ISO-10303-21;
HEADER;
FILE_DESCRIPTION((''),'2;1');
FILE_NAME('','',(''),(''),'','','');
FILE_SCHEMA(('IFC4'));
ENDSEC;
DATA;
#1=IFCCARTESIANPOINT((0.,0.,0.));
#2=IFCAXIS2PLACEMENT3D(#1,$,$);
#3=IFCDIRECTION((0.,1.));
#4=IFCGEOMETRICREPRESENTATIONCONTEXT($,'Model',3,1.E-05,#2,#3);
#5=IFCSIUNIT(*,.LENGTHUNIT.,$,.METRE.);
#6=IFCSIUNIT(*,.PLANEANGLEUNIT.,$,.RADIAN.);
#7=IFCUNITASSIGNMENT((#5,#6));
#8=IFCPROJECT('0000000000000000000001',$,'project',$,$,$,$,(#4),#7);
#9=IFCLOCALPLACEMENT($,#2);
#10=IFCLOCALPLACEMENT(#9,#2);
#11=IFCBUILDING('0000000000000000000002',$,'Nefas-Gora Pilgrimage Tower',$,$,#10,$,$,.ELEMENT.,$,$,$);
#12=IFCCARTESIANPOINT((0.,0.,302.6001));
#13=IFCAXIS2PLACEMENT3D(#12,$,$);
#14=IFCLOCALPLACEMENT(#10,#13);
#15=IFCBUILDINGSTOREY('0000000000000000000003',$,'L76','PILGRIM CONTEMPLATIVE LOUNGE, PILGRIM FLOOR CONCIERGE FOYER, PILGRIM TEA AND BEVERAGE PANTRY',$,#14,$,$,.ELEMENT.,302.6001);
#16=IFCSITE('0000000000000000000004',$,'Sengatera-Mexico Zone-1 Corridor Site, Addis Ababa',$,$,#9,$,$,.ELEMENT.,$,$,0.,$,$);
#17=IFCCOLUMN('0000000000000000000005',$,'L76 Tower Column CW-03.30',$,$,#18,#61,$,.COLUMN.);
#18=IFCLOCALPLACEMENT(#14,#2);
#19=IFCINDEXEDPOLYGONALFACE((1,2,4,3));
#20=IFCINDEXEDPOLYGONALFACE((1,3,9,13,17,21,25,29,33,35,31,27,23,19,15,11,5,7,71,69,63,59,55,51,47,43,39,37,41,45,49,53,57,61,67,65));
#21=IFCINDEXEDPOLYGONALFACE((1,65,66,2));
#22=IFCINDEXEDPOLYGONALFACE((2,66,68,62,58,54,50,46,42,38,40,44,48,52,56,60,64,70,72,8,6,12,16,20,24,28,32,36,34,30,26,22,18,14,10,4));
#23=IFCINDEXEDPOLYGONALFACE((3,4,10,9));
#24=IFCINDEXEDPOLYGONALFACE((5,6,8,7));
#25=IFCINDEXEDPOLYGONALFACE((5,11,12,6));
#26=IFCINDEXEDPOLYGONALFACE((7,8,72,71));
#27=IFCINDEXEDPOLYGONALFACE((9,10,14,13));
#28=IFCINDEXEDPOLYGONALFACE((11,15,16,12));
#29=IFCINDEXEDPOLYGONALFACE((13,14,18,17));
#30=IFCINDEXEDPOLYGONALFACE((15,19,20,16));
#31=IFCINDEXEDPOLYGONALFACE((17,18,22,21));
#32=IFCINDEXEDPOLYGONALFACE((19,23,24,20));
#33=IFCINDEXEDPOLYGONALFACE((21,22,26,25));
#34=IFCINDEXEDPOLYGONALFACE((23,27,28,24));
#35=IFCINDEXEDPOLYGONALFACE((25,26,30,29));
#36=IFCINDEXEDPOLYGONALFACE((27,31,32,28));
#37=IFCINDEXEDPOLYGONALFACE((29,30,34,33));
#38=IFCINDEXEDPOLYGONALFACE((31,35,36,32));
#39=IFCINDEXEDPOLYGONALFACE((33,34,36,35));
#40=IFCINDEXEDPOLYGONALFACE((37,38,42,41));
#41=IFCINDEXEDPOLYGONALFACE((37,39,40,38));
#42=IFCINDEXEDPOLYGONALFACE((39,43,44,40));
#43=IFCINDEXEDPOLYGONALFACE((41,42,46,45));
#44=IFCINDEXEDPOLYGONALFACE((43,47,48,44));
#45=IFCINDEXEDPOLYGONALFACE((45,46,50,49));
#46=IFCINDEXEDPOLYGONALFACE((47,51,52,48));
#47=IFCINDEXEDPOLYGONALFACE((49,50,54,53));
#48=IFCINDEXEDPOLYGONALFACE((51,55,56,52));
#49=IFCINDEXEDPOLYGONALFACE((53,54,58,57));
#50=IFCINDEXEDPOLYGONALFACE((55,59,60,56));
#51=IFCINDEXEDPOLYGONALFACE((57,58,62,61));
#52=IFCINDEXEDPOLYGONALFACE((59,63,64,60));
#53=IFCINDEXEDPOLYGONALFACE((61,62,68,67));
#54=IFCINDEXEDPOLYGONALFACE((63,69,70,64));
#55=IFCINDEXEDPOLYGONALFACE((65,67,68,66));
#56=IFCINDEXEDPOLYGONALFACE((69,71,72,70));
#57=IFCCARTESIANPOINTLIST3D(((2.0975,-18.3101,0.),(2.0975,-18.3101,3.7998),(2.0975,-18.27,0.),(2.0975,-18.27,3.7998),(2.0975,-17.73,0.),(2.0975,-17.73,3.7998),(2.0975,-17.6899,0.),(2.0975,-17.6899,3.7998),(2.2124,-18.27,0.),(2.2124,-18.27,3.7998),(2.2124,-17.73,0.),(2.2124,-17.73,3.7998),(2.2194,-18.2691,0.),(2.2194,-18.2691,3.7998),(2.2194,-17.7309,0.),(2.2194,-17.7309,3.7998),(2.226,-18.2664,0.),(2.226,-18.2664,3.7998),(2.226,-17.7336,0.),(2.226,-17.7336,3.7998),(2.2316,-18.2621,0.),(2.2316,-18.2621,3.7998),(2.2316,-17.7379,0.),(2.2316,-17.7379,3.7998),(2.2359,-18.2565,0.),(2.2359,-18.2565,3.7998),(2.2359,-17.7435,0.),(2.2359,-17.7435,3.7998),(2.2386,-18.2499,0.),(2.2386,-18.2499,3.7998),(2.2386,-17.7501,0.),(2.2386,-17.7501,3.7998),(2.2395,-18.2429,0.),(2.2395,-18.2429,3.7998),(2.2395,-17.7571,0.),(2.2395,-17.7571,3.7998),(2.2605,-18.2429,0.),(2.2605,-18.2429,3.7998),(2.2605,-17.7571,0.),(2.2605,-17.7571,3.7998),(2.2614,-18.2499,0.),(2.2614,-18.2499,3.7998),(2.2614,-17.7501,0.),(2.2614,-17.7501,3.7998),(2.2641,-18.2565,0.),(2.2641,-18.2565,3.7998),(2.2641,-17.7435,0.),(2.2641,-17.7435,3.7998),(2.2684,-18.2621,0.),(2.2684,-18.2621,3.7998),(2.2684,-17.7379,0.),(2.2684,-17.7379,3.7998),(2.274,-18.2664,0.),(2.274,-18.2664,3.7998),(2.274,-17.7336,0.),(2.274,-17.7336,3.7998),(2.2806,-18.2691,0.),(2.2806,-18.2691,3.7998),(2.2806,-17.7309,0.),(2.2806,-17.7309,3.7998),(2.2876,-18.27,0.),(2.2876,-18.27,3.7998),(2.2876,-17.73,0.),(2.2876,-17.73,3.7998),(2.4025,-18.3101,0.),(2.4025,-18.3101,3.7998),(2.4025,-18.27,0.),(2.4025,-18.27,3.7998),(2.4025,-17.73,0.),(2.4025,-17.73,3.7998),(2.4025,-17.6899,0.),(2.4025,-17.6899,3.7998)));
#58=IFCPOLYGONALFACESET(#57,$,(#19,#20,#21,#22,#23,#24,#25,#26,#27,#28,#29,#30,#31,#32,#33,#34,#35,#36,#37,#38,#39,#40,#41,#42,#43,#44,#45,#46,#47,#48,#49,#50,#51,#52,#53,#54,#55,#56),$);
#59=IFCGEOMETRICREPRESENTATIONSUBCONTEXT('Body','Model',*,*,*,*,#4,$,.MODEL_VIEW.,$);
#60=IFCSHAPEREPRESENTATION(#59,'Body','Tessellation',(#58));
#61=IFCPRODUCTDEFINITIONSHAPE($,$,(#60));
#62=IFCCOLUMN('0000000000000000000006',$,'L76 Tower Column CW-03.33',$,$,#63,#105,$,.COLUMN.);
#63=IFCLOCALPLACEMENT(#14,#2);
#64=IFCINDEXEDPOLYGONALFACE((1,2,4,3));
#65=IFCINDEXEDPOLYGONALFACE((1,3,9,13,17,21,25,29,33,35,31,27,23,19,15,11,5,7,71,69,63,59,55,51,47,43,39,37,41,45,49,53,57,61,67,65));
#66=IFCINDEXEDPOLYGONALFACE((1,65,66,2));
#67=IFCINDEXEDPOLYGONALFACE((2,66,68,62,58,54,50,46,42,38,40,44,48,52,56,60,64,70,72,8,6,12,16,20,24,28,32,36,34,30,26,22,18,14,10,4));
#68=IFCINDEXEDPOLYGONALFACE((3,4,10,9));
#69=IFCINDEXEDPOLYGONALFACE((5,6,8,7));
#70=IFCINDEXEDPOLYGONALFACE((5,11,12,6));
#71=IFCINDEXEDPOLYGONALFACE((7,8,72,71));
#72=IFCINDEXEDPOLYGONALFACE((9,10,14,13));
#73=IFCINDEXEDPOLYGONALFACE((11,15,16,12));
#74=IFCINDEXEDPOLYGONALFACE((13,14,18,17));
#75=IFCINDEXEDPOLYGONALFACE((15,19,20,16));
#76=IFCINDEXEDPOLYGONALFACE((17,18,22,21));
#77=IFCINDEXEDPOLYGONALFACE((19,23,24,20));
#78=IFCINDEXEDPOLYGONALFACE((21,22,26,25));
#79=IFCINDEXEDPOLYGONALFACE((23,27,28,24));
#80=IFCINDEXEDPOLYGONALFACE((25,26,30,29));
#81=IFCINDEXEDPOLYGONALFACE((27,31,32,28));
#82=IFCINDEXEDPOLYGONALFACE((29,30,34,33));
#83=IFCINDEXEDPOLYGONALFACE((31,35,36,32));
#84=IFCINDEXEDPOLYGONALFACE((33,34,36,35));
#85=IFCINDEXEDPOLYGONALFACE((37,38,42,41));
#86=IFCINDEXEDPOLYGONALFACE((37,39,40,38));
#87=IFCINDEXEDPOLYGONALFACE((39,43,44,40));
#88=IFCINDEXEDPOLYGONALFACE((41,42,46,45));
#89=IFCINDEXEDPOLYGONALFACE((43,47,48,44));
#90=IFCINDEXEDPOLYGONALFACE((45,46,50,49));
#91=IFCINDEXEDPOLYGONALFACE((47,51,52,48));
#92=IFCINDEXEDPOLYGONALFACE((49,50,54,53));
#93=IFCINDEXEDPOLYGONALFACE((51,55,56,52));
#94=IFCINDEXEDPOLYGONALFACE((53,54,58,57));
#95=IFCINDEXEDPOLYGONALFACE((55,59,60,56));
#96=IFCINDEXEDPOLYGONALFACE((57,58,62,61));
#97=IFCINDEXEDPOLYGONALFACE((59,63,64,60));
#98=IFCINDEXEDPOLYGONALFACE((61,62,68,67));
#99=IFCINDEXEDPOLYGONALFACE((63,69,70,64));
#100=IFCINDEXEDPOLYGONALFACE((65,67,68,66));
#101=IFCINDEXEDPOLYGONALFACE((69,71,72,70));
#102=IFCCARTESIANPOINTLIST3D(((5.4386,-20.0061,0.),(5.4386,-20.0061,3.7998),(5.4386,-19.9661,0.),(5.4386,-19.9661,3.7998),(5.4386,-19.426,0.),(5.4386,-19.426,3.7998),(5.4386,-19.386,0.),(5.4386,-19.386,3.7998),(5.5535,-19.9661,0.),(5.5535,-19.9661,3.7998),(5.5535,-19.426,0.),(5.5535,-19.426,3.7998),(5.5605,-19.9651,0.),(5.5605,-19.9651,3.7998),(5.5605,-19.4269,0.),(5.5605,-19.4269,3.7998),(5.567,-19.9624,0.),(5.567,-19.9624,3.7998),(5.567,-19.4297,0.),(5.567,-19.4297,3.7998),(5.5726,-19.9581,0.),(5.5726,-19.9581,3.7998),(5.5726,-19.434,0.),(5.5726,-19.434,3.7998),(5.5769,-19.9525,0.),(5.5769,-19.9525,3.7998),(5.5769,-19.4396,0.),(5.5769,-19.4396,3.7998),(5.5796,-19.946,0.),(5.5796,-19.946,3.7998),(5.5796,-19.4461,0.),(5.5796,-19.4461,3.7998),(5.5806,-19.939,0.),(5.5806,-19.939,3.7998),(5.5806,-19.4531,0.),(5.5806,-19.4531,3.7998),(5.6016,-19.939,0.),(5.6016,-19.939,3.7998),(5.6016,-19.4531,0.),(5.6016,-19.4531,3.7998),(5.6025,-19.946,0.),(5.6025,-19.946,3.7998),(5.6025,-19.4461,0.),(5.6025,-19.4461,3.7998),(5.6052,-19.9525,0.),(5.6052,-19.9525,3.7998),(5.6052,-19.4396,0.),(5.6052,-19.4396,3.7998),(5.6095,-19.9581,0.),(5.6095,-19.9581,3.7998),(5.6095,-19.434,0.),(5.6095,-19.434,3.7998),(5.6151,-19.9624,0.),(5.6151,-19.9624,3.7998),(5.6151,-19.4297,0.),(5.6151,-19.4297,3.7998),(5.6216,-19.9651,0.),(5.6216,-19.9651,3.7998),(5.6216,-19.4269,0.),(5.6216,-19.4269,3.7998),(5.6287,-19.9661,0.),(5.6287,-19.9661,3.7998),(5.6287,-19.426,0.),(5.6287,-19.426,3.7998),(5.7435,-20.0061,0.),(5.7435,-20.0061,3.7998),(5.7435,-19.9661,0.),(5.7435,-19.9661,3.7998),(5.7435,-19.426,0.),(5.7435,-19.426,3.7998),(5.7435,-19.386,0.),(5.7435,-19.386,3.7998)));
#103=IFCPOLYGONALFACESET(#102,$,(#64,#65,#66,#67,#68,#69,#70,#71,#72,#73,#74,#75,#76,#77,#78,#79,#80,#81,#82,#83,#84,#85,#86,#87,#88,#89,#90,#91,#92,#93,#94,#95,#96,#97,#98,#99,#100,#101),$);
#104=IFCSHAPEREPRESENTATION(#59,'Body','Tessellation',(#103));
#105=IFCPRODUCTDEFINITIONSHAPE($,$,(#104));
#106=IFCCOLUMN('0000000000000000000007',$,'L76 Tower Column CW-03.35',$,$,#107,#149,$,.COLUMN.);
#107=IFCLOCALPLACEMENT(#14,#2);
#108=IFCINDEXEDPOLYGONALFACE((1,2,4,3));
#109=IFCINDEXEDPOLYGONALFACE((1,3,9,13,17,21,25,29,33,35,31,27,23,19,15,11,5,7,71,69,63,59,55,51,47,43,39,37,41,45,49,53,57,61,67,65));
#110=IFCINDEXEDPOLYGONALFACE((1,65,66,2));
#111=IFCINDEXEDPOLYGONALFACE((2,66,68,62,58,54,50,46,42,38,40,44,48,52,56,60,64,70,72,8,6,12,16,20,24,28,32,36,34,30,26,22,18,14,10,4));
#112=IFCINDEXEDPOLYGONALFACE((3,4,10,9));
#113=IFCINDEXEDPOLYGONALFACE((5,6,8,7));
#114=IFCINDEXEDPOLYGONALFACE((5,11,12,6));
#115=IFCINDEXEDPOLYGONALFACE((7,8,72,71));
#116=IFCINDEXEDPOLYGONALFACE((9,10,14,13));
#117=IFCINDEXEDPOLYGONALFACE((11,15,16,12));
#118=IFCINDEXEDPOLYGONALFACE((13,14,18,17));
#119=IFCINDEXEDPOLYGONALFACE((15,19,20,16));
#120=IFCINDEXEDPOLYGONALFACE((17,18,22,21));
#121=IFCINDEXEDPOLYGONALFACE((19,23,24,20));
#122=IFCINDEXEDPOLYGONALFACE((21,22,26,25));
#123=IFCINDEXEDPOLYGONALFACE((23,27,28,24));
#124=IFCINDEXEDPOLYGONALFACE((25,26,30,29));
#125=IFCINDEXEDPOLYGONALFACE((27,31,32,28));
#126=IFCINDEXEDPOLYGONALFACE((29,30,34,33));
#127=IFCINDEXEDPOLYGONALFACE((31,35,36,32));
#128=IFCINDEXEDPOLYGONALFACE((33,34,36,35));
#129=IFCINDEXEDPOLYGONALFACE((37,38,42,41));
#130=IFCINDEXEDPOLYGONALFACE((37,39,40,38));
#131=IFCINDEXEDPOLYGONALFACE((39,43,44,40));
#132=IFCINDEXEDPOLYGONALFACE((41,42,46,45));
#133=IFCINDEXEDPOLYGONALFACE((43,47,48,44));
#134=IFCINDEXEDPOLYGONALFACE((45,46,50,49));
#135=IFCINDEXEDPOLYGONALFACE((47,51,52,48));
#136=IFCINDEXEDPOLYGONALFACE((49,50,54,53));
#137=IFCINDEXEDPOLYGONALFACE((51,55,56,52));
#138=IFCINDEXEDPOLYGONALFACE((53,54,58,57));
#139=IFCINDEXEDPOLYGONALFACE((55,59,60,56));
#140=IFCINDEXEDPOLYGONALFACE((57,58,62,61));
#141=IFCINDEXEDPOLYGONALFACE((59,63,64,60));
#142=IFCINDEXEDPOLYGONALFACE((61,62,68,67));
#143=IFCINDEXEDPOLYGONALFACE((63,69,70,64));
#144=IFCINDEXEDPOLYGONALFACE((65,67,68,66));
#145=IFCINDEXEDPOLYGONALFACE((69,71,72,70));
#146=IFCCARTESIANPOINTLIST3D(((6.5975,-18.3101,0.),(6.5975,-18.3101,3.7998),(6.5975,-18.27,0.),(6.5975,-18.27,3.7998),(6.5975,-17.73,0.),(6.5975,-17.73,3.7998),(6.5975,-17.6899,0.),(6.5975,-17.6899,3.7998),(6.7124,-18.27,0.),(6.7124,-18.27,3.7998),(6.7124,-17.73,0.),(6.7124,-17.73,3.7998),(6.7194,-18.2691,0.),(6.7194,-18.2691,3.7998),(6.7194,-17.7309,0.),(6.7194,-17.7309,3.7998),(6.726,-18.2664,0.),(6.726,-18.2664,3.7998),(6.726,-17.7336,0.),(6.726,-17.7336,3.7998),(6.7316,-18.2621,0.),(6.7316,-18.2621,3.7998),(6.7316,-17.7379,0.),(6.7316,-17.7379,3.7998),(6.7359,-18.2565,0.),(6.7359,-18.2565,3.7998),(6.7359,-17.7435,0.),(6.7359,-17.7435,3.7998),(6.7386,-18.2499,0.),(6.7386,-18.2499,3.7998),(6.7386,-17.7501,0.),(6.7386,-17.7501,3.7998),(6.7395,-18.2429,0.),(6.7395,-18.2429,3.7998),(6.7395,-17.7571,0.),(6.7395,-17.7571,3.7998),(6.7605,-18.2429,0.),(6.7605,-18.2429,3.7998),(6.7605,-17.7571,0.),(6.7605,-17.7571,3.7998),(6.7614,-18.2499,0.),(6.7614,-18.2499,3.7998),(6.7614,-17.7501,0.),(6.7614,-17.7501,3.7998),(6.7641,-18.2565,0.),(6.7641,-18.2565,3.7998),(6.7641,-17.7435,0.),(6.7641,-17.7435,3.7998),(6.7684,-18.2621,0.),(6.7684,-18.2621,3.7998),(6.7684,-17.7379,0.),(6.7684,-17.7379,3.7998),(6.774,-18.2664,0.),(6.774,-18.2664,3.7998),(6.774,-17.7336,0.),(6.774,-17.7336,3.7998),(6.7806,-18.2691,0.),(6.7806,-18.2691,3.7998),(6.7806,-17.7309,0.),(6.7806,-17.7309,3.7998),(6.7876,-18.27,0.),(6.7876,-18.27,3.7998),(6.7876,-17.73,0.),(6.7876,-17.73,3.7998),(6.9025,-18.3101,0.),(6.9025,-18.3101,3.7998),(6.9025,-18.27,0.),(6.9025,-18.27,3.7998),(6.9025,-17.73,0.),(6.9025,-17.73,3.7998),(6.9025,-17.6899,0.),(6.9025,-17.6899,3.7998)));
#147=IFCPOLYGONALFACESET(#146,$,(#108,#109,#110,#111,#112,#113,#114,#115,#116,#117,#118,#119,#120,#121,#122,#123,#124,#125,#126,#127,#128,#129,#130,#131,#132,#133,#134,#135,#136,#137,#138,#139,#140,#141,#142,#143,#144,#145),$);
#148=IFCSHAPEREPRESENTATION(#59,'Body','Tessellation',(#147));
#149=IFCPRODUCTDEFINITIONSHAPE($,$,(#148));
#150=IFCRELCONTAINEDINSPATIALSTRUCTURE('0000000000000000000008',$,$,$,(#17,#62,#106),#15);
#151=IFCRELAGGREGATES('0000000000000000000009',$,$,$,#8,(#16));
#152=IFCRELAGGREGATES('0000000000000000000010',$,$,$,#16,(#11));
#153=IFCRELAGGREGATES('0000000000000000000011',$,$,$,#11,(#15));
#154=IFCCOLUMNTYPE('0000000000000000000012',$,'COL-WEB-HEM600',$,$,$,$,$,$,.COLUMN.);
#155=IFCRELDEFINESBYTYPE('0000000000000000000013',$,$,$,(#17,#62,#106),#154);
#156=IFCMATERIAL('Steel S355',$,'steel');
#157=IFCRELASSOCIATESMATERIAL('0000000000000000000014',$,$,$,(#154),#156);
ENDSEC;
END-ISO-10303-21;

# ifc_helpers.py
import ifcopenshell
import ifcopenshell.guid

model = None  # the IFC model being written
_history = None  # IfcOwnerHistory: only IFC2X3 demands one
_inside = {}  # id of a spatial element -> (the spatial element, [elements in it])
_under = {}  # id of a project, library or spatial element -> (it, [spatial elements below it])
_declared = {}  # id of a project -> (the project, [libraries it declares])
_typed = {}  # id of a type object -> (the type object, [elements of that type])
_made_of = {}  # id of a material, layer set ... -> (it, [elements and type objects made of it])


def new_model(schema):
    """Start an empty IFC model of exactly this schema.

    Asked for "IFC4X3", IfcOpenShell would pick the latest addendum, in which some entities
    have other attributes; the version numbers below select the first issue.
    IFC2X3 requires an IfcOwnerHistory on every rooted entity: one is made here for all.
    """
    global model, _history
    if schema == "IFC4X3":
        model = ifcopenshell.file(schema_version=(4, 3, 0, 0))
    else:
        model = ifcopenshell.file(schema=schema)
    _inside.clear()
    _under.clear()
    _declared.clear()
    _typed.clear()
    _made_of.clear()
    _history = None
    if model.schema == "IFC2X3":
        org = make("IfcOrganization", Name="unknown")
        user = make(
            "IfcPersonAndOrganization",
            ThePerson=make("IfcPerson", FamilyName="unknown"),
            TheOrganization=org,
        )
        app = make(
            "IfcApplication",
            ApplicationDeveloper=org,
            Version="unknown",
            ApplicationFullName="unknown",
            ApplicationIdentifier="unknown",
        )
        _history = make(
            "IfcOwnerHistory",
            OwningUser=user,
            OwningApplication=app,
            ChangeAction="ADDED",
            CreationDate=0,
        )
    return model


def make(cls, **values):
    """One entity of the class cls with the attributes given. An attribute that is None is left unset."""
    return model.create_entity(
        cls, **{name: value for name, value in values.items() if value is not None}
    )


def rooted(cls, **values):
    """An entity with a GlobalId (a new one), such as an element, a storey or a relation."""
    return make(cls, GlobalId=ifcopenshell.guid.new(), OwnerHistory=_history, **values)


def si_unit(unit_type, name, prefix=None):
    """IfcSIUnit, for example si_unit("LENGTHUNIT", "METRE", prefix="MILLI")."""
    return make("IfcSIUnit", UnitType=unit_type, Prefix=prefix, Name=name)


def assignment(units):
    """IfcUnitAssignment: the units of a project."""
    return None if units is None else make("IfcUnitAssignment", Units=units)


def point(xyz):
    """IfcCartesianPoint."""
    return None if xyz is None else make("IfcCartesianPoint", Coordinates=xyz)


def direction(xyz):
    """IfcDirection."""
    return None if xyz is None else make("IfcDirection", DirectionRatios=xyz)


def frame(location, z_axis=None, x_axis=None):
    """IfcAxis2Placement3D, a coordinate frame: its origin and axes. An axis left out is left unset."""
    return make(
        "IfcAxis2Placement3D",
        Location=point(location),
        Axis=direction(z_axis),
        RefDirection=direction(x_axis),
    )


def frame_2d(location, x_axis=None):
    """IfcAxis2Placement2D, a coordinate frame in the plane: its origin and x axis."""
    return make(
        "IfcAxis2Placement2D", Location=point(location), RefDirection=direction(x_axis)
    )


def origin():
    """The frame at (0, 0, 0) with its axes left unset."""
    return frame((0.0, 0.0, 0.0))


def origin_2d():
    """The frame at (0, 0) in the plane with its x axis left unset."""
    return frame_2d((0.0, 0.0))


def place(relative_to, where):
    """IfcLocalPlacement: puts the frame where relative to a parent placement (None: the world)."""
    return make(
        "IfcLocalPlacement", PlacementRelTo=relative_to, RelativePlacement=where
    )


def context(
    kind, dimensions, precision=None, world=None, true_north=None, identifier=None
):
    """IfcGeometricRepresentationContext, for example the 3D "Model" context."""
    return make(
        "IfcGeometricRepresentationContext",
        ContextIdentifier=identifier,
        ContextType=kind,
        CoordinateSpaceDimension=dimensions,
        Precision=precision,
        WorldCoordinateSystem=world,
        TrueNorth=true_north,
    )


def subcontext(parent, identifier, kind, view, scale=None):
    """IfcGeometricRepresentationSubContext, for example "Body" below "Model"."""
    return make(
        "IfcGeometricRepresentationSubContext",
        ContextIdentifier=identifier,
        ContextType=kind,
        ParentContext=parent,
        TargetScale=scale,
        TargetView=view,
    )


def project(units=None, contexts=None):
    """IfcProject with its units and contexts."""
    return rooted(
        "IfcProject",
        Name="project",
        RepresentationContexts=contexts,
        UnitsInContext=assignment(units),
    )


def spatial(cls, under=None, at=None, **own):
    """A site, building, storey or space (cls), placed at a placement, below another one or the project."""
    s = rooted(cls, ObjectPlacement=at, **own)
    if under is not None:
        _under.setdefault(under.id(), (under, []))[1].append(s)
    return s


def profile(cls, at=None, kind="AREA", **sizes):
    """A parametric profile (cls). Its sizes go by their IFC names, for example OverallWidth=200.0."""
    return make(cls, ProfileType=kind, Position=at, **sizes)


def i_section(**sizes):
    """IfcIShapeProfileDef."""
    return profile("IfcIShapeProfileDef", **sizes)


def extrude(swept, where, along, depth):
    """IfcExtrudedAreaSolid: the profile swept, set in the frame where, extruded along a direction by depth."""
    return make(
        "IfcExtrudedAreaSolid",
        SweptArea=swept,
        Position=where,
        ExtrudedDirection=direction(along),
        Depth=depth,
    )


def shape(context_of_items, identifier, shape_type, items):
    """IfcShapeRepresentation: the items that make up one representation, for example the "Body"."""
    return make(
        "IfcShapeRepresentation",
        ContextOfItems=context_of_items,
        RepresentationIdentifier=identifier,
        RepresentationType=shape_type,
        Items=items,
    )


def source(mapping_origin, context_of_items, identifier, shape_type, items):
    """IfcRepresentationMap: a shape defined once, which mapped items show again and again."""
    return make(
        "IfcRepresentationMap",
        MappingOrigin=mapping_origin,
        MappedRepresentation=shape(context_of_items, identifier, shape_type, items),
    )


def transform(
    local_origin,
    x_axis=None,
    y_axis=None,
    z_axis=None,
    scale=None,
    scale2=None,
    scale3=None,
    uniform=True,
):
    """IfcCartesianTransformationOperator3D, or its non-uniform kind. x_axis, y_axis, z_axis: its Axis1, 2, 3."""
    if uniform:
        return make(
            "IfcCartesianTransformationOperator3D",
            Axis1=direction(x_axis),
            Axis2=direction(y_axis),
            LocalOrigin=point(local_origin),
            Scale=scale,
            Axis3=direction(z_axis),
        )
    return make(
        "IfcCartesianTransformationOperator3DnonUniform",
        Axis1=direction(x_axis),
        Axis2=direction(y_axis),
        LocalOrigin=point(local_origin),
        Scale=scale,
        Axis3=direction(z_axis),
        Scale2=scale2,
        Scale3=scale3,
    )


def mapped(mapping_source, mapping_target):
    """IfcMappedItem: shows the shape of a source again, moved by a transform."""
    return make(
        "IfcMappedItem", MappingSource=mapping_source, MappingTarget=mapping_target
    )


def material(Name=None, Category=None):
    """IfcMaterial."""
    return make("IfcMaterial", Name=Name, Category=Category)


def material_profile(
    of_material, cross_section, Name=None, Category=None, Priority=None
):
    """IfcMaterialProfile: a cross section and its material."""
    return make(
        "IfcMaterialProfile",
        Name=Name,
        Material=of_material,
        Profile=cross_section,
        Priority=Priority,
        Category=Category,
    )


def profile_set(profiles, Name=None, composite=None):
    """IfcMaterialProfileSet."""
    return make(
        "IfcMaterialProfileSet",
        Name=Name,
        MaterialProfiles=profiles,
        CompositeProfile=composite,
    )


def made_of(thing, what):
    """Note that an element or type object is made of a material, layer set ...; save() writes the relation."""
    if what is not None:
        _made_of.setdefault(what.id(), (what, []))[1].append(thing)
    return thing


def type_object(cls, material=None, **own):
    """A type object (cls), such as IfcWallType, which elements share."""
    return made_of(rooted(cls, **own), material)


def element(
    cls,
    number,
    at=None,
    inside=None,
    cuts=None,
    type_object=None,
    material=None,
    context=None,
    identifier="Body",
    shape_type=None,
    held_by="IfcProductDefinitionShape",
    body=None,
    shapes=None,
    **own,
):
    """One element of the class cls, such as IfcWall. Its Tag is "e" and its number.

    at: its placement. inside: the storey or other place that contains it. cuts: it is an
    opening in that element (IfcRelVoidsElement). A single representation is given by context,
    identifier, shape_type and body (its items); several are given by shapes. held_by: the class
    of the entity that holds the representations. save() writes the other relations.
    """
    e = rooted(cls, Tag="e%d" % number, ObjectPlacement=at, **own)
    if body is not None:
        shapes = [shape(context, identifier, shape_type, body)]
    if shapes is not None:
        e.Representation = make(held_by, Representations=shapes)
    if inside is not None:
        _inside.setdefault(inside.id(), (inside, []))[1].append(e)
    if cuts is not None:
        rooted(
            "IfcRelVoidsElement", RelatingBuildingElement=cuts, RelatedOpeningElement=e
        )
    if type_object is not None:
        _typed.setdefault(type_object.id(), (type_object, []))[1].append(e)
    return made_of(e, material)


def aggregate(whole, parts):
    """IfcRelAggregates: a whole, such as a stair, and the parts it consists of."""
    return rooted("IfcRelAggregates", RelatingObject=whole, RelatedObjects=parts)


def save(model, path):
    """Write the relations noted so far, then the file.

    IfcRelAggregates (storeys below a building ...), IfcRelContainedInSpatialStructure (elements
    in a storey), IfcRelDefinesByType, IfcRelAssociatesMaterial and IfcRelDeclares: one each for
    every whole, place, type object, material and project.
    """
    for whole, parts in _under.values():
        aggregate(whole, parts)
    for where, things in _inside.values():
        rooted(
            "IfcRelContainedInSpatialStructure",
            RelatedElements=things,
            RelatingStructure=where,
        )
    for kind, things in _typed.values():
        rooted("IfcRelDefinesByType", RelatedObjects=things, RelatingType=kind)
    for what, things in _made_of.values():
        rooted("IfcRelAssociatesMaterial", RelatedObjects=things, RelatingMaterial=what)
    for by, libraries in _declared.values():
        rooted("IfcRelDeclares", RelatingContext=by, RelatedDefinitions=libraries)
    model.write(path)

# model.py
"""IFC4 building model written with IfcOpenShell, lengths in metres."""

from ifc_helpers import new_model, si_unit, direction, frame, origin, origin_2d, place, context, subcontext, project, spatial, i_section, extrude, source, transform, mapped, material, material_profile, profile_set, type_object, element, save


model = new_model("IFC4")

# Units and contexts
model_context = context("Model", 3, precision=1e-05, world=origin(), true_north=direction((0.0, 1.0)))
body_context = subcontext(model_context, "Body", "Model", "MODEL_VIEW")
ifc_project = project(units=[si_unit("LENGTHUNIT", "METRE"), si_unit("PLANEANGLEUNIT", "RADIAN")], contexts=[model_context])

# Site, building, storey
site_placement = place(None, origin())
site = spatial("IfcSite", under=ifc_project, at=site_placement, Name="Sengatera-Mexico Zone-1 Corridor Site, Addis Ababa", CompositionType="ELEMENT", RefElevation=0.0)
building_placement = place(site_placement, origin())
building = spatial("IfcBuilding", under=site, at=building_placement, Name="Nefas-Gora Pilgrimage Tower", CompositionType="ELEMENT")
storey_placement = place(building_placement, frame((0.0, 0.0, 302.6001)))
storey = spatial("IfcBuildingStorey", under=building, at=storey_placement, Name="L76", Description="PILGRIM CONTEMPLATIVE LOUNGE, PILGRIM FLOOR CONCIERGE FOYER, PILGRIM TEA AND BEVERAGE PANTRY", CompositionType="ELEMENT", Elevation=302.6001)

# Columns
ifc_material_1 = material(Name="Steel S355", Category="steel")
ifc_material_profile_1 = material_profile(ifc_material_1, i_section(OverallWidth=0.3049, OverallDepth=0.6201, WebThickness=0.021, FlangeThickness=0.04, FilletRadius=0.0271, at=origin_2d()), Name="HEM 600")
ifc_profile_set_1 = profile_set([ifc_material_profile_1], Name="Steel S355")
column_type_1 = type_object("IfcColumnType", Name="COL-WEB-HEM600", PredefinedType="COLUMN", material=ifc_profile_set_1)
shared_shape_1 = source(origin(), body_context, "Body", "SweptSolid", [
    extrude(i_section(OverallWidth=0.3049, OverallDepth=0.6201, WebThickness=0.021, FlangeThickness=0.04, FilletRadius=0.0271, at=origin_2d()), origin(), (0.0, 0.0, 1.0), 3.7998),
])
for number, where, z_axis, x_axis, name in (
    (1, (2.25, -18.0, 0.0), (0.0, 0.0, 1.0), (1.0, 0.0, 0.0), "L76 Tower Column CW-03.30"),
    (2, (5.5911, -19.696, 0.0), (0.0, 0.0, 1.0), (1.0, 0.0, 0.0), "L76 Tower Column CW-03.33"),
    (3, (6.75, -18.0, 0.0), (0.0, 0.0, 1.0), (1.0, 0.0, 0.0), "L76 Tower Column CW-03.35"),
):
    element("IfcColumn", number, at=place(storey_placement, frame(where, z_axis=z_axis, x_axis=x_axis)), inside=storey, type_object=column_type_1, Name=name, PredefinedType="COLUMN", context=body_context, shape_type="MappedRepresentation", body=[
        mapped(shared_shape_1, transform((0.0, 0.0, 0.0), x_axis=(1.0, 0.0, 0.0), y_axis=(0.0, 1.0, 0.0), z_axis=(0.0, 0.0, 1.0), scale=1.0)),
    ])

save(model, "model.ifc")
